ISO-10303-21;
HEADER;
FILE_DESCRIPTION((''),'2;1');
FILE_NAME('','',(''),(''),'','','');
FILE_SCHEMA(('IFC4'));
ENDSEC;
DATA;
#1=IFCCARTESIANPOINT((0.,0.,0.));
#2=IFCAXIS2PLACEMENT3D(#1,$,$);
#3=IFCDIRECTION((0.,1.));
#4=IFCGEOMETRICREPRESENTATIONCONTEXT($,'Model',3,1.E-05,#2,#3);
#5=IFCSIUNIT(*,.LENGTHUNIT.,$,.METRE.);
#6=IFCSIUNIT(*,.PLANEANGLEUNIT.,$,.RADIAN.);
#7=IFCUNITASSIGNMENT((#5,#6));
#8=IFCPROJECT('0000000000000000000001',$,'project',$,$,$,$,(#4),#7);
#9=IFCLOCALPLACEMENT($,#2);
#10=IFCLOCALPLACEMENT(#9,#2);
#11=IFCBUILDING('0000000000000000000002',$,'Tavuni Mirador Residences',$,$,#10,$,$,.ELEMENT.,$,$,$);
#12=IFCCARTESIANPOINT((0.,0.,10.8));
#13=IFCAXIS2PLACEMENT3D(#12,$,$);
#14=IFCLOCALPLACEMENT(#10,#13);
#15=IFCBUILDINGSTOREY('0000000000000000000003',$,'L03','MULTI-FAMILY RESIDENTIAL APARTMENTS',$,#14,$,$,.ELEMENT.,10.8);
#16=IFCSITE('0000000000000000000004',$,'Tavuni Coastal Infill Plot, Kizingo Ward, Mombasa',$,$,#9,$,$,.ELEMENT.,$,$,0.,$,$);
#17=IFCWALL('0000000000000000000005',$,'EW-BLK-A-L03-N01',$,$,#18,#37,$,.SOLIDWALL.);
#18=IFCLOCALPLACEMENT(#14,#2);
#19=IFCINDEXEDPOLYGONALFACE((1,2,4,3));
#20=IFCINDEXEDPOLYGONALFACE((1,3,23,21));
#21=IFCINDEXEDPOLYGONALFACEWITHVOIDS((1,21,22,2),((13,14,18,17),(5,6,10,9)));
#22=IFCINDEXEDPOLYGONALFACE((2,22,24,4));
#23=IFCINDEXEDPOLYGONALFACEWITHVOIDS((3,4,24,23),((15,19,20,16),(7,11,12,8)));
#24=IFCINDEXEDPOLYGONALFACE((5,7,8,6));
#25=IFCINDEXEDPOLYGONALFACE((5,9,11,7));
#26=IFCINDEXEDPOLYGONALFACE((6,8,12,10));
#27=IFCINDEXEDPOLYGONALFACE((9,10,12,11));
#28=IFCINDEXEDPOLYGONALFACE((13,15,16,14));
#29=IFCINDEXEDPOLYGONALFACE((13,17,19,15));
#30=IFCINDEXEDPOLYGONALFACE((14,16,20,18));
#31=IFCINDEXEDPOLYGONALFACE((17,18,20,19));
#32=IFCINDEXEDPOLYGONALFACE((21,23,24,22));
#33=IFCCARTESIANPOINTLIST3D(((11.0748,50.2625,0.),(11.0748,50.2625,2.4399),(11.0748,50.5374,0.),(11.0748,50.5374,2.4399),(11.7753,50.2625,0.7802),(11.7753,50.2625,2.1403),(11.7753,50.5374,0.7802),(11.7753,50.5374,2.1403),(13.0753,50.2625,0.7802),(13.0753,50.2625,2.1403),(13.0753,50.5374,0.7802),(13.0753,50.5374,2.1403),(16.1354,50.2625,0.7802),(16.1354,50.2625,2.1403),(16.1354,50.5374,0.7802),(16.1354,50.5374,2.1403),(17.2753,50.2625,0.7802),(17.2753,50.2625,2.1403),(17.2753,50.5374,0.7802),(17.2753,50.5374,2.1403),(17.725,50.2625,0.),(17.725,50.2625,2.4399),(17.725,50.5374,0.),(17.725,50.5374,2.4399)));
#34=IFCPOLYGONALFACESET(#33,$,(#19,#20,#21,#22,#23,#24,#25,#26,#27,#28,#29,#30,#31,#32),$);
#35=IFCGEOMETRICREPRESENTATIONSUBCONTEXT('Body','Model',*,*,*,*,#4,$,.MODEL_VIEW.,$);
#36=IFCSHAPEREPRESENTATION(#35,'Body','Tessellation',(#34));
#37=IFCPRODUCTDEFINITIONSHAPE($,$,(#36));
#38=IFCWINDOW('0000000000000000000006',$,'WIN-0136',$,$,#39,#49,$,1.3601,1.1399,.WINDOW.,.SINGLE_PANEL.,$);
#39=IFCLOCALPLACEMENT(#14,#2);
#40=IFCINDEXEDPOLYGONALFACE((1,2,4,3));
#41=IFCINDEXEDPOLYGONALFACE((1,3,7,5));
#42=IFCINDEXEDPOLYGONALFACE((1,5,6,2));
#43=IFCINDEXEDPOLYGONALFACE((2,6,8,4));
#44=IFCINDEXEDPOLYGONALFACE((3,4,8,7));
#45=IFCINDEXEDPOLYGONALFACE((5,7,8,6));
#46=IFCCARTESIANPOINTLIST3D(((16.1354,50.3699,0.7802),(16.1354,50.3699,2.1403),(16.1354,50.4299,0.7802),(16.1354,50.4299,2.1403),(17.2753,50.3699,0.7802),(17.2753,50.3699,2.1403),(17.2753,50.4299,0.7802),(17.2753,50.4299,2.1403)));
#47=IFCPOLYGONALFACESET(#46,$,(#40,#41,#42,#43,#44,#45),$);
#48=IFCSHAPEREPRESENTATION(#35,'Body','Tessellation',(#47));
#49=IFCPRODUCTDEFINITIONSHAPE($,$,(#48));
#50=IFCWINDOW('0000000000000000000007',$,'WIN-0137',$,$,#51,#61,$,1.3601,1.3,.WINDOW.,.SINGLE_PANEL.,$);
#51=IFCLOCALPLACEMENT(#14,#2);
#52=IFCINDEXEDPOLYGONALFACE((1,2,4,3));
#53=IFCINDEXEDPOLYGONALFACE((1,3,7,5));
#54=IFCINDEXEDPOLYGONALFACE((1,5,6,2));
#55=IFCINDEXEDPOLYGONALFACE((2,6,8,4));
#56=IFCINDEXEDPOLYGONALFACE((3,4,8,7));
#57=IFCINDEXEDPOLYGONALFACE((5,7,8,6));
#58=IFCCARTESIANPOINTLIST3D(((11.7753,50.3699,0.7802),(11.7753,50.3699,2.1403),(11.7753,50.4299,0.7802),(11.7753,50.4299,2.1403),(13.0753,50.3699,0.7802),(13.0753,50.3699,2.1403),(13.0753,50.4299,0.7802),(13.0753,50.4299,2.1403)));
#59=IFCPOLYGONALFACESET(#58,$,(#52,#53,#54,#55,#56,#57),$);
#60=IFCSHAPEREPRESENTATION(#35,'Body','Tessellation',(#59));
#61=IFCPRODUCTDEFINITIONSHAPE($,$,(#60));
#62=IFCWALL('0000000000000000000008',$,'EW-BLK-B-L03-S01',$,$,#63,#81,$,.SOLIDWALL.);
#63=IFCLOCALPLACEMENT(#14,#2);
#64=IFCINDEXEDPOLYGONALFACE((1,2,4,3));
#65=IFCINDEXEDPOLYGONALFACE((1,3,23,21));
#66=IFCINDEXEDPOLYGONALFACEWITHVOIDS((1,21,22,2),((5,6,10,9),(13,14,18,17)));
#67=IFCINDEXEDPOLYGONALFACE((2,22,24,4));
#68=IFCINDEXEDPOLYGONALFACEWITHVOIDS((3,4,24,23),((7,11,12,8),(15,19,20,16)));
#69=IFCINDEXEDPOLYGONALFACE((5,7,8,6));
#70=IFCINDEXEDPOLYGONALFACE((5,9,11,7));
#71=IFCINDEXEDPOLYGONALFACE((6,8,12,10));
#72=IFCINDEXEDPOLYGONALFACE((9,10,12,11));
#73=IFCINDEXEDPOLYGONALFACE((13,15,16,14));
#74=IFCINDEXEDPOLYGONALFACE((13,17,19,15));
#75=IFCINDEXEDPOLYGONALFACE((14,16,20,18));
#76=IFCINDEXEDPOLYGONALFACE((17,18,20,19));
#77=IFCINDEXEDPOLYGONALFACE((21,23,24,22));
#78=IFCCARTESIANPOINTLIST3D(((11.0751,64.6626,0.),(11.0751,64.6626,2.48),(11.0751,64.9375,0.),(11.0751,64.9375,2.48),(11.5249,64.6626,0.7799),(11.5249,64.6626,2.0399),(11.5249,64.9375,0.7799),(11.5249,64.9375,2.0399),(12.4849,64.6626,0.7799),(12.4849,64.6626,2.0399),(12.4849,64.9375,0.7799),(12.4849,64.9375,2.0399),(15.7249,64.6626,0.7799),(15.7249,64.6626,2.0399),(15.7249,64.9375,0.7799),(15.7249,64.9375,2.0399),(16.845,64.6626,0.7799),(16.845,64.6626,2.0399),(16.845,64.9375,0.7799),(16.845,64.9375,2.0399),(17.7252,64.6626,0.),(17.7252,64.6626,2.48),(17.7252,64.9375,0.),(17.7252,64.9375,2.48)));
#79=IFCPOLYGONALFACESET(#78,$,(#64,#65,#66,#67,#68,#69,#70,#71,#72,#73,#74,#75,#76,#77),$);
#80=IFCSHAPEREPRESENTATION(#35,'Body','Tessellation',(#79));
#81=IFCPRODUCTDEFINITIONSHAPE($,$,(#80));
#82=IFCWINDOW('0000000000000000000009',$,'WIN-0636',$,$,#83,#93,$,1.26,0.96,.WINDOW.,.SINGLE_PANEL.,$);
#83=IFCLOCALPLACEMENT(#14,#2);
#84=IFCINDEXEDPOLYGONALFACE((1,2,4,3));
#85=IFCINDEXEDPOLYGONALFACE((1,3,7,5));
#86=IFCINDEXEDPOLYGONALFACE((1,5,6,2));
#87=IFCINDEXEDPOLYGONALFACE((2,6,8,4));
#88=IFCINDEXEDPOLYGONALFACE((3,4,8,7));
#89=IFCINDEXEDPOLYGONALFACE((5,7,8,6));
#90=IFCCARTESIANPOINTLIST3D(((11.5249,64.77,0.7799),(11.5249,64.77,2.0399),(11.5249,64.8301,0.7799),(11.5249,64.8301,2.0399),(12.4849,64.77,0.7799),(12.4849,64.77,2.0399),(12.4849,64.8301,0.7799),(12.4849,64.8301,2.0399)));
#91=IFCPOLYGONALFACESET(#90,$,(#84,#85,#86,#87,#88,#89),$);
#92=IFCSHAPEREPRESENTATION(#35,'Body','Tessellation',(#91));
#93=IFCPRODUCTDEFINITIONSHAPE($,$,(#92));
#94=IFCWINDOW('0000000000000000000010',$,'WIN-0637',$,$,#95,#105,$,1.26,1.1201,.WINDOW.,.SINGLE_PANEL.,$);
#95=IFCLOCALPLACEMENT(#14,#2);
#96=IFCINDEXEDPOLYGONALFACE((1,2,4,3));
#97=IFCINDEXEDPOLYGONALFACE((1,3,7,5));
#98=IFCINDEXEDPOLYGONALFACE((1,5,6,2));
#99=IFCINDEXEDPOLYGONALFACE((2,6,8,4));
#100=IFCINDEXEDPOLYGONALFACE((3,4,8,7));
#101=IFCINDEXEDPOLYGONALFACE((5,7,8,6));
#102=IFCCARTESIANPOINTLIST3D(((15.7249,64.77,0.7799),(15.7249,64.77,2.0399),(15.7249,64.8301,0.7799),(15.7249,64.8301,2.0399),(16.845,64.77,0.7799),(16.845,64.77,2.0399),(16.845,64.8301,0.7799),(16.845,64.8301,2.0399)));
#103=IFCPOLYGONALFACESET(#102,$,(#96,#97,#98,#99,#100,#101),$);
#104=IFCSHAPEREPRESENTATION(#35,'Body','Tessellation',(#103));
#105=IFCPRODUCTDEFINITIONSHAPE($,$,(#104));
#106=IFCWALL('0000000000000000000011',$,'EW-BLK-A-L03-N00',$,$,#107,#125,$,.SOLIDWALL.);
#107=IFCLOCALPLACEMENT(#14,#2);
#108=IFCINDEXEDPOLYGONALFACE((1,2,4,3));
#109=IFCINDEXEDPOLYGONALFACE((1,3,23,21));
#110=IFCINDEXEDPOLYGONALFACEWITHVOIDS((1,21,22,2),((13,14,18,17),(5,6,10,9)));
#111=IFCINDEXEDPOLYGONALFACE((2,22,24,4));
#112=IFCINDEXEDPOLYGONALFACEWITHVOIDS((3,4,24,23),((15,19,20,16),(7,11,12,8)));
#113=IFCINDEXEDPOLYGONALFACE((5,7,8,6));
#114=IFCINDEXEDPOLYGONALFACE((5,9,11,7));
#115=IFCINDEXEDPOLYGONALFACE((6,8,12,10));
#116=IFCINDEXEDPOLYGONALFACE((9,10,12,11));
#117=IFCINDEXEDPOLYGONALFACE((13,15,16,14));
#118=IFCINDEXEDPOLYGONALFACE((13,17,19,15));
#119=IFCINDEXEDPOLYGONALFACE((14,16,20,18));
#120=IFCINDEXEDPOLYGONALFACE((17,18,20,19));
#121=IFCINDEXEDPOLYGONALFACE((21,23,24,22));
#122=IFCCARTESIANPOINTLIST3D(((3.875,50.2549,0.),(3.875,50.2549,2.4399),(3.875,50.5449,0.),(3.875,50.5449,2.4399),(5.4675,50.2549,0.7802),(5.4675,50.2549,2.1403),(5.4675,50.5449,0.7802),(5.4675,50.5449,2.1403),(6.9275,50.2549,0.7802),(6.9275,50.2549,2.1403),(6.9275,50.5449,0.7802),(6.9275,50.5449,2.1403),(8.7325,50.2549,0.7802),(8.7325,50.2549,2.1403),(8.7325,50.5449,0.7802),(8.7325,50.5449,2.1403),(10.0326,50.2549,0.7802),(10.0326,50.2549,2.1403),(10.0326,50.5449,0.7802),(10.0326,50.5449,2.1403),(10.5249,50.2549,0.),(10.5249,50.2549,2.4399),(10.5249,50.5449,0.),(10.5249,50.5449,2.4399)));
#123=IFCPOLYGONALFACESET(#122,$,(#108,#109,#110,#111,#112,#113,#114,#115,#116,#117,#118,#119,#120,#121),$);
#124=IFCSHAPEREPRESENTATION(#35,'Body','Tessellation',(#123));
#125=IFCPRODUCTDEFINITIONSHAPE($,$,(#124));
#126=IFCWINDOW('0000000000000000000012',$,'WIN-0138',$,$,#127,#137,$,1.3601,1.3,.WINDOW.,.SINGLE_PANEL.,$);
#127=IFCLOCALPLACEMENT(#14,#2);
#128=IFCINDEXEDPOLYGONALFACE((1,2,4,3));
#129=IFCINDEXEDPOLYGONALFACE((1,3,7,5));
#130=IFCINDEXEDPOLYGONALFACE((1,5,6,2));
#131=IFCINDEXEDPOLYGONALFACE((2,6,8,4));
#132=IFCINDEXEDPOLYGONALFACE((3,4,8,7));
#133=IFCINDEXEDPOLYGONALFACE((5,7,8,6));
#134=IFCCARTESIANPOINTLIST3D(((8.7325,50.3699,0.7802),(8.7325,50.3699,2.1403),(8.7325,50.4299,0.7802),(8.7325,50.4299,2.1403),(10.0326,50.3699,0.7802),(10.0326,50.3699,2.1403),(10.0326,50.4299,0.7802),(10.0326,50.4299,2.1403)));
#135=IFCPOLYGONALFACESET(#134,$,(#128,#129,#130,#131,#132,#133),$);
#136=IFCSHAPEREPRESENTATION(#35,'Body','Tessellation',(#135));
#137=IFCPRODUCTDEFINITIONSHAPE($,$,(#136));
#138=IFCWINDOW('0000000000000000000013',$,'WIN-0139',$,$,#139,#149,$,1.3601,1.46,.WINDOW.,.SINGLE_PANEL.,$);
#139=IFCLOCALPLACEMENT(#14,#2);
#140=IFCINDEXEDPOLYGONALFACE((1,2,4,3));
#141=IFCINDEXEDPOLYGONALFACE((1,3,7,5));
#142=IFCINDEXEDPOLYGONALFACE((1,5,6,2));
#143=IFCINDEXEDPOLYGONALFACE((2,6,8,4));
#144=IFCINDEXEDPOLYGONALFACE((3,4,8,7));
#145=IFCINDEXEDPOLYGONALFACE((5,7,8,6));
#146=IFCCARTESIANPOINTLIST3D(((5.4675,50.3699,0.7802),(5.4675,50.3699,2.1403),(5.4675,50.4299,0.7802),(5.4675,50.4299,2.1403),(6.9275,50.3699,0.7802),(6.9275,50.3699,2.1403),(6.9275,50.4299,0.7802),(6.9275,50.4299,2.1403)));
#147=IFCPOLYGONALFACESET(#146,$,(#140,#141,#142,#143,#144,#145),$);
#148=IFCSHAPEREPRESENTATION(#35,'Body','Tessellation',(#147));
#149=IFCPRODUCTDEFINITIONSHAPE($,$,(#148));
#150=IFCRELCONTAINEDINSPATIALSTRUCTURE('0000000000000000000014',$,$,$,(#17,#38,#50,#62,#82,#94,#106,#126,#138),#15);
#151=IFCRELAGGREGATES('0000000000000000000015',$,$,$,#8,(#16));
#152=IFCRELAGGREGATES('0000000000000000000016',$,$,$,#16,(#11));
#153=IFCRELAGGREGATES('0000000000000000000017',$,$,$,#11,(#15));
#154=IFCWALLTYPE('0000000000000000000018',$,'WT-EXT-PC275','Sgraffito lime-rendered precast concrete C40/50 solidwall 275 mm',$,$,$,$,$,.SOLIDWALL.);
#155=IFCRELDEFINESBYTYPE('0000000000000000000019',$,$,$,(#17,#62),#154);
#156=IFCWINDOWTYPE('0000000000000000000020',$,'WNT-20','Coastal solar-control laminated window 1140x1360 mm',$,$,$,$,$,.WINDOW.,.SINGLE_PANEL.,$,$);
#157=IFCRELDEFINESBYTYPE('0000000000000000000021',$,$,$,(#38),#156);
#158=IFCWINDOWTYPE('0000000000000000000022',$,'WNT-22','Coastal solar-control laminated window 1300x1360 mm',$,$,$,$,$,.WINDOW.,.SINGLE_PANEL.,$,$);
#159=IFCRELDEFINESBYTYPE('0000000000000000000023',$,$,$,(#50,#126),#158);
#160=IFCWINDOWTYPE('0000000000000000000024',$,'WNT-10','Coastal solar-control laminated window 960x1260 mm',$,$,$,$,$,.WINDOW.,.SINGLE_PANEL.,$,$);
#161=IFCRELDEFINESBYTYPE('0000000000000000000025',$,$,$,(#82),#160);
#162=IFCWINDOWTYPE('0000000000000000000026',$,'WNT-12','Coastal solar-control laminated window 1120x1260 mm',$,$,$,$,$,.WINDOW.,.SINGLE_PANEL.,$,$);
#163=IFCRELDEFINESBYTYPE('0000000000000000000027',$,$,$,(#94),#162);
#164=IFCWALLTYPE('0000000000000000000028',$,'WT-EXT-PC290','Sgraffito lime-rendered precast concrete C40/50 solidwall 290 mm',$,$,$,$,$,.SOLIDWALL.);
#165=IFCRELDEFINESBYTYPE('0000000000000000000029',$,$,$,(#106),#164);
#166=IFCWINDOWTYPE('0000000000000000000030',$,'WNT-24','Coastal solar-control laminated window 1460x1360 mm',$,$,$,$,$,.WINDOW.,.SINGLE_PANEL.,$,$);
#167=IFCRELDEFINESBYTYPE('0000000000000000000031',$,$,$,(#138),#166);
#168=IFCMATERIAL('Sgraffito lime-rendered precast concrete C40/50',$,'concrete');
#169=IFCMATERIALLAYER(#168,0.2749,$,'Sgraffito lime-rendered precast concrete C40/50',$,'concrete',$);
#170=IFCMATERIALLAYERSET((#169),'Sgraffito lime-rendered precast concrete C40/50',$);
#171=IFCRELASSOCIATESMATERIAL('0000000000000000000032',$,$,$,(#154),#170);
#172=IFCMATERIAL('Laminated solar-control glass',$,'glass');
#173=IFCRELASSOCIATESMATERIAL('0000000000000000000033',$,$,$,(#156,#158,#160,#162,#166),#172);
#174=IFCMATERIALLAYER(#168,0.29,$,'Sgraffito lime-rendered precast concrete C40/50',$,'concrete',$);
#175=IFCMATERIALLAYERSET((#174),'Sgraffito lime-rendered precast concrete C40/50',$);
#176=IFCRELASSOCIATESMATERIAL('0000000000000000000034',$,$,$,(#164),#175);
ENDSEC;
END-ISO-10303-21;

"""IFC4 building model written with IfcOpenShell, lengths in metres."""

from ifc_helpers import new_model, si_unit, direction, frame, frame_2d, origin, place, context, subcontext, project, spatial, rectangle, extrude, material, layer, layer_set, type_object, element, fill, save


model = new_model("IFC4")

# Units and contexts
model_context = context("Model", 3, precision=1e-05, world=origin(), true_north=direction((0.0, 1.0)))
body_context = subcontext(model_context, "Body", "Model", "MODEL_VIEW")
ifc_project = project(units=[si_unit("LENGTHUNIT", "METRE"), si_unit("PLANEANGLEUNIT", "RADIAN")], contexts=[model_context])

# Site, building, storey
site_placement = place(None, origin())
site = spatial("IfcSite", under=ifc_project, at=site_placement, Name="Tavuni Coastal Infill Plot, Kizingo Ward, Mombasa", CompositionType="ELEMENT", RefElevation=0.0)
building_placement = place(site_placement, origin())
building = spatial("IfcBuilding", under=site, at=building_placement, Name="Tavuni Mirador Residences", CompositionType="ELEMENT")
storey_placement = place(building_placement, frame((0.0, 0.0, 10.8)))
storey = spatial("IfcBuildingStorey", under=building, at=storey_placement, Name="L03", Description="MULTI-FAMILY RESIDENTIAL APARTMENTS", CompositionType="ELEMENT", Elevation=10.8)

# Walls, openings, windows
ifc_material_1 = material(Name="Sgraffito lime-rendered precast concrete C40/50", Category="concrete")
ifc_layer_1 = layer(ifc_material_1, 0.2749, Name="Sgraffito lime-rendered precast concrete C40/50", Category="concrete")
ifc_layer_set_1 = layer_set([ifc_layer_1], Name="Sgraffito lime-rendered precast concrete C40/50")
wall_type_1 = type_object("IfcWallType", Name="WT-EXT-PC275", Description="Sgraffito lime-rendered precast concrete C40/50 solidwall 275 mm", PredefinedType="SOLIDWALL", material=ifc_layer_set_1)
wall_1_placement = place(storey_placement, frame((17.7251, 50.3999, 0.0), z_axis=(0.0, 0.0, 1.0), x_axis=(-1.0, 0.0, 0.0)))
wall_1 = element("IfcWall", 1, at=wall_1_placement, inside=storey, type_object=wall_type_1, Name="EW-BLK-A-L03-N01", PredefinedType="SOLIDWALL", context=body_context, shape_type="SweptSolid", body=[
    extrude(rectangle(XDim=6.6501, YDim=0.2749, at=frame_2d((3.3252, 0.0))), origin(), (0.0, 0.0, 1.0), 2.4399),
])
opening_1_placement = place(wall_1_placement, frame((0.45, 0.0, 0.78)))
opening_1 = element("IfcOpeningElement", 2, at=opening_1_placement, cuts=wall_1, PredefinedType="OPENING", context=body_context, shape_type="SweptSolid", body=[
    extrude(rectangle(XDim=1.1399, YDim=1.3601, at=frame_2d((0.5698, 0.6802))), frame((0.0, 0.1475, 0.0), z_axis=(0.0, -1.0, 0.0), x_axis=(1.0, 0.0, 0.0)), (0.0, 0.0, 1.0), 0.2949),
])
opening_2_placement = place(wall_1_placement, frame((4.6499, 0.0, 0.78)))
opening_2 = element("IfcOpeningElement", 3, at=opening_2_placement, cuts=wall_1, PredefinedType="OPENING", context=body_context, shape_type="SweptSolid", body=[
    extrude(rectangle(XDim=1.3, YDim=1.3601, at=frame_2d((0.6499, 0.6802))), frame((0.0, 0.1475, 0.0), z_axis=(0.0, -1.0, 0.0), x_axis=(1.0, 0.0, 0.0)), (0.0, 0.0, 1.0), 0.2949),
])
ifc_material_2 = material(Name="Laminated solar-control glass", Category="glass")
window_type_1 = type_object("IfcWindowType", Name="WNT-20", Description="Coastal solar-control laminated window 1140x1360 mm", PartitioningType="SINGLE_PANEL", PredefinedType="WINDOW", material=ifc_material_2)
window_1_placement = place(opening_1_placement, origin())
window_1 = element("IfcWindow", 4, at=window_1_placement, inside=storey, type_object=window_type_1, Name="WIN-0136", OverallHeight=1.3601, OverallWidth=1.1399, PartitioningType="SINGLE_PANEL", PredefinedType="WINDOW", context=body_context, shape_type="SweptSolid", body=[
    extrude(rectangle(XDim=1.1399, YDim=1.3601, at=frame_2d((0.5698, 0.6802))), frame((0.0, 0.03, 0.0), z_axis=(0.0, -1.0, 0.0), x_axis=(1.0, 0.0, 0.0)), (0.0, 0.0, 1.0), 0.0601),
])
fill(opening_1, window_1)
window_type_2 = type_object("IfcWindowType", Name="WNT-22", Description="Coastal solar-control laminated window 1300x1360 mm", PartitioningType="SINGLE_PANEL", PredefinedType="WINDOW", material=ifc_material_2)
window_2_placement = place(opening_2_placement, origin())
window_2 = element("IfcWindow", 5, at=window_2_placement, inside=storey, type_object=window_type_2, Name="WIN-0137", OverallHeight=1.3601, OverallWidth=1.3, PartitioningType="SINGLE_PANEL", PredefinedType="WINDOW", context=body_context, shape_type="SweptSolid", body=[
    extrude(rectangle(XDim=1.3, YDim=1.3601, at=frame_2d((0.6499, 0.6802))), frame((0.0, 0.03, 0.0), z_axis=(0.0, -1.0, 0.0), x_axis=(1.0, 0.0, 0.0)), (0.0, 0.0, 1.0), 0.0601),
])
fill(opening_2, window_2)
wall_2_placement = place(storey_placement, frame((11.075, 64.8, 0.0), z_axis=(0.0, 0.0, 1.0), x_axis=(1.0, 0.0, 0.0)))
wall_2 = element("IfcWall", 6, at=wall_2_placement, inside=storey, type_object=wall_type_1, Name="EW-BLK-B-L03-S01", PredefinedType="SOLIDWALL", context=body_context, shape_type="SweptSolid", body=[
    extrude(rectangle(XDim=6.6501, YDim=0.2749, at=frame_2d((3.3252, 0.0))), origin(), (0.0, 0.0, 1.0), 2.48),
])
opening_3_placement = place(wall_2_placement, frame((0.45, 0.0, 0.78)))
opening_3 = element("IfcOpeningElement", 7, at=opening_3_placement, cuts=wall_2, PredefinedType="OPENING", context=body_context, shape_type="SweptSolid", body=[
    extrude(rectangle(XDim=0.96, YDim=1.26, at=frame_2d((0.48, 0.6299))), frame((0.0, 0.1475, 0.0), z_axis=(0.0, -1.0, 0.0), x_axis=(1.0, 0.0, 0.0)), (0.0, 0.0, 1.0), 0.2949),
])
opening_4_placement = place(wall_2_placement, frame((4.6499, 0.0, 0.78)))
opening_4 = element("IfcOpeningElement", 8, at=opening_4_placement, cuts=wall_2, PredefinedType="OPENING", context=body_context, shape_type="SweptSolid", body=[
    extrude(rectangle(XDim=1.1201, YDim=1.26, at=frame_2d((0.5601, 0.6299))), frame((0.0, 0.1475, 0.0), z_axis=(0.0, -1.0, 0.0), x_axis=(1.0, 0.0, 0.0)), (0.0, 0.0, 1.0), 0.2949),
])
window_type_3 = type_object("IfcWindowType", Name="WNT-10", Description="Coastal solar-control laminated window 960x1260 mm", PartitioningType="SINGLE_PANEL", PredefinedType="WINDOW", material=ifc_material_2)
window_3_placement = place(opening_3_placement, origin())
window_3 = element("IfcWindow", 9, at=window_3_placement, inside=storey, type_object=window_type_3, Name="WIN-0636", OverallHeight=1.26, OverallWidth=0.96, PartitioningType="SINGLE_PANEL", PredefinedType="WINDOW", context=body_context, shape_type="SweptSolid", body=[
    extrude(rectangle(XDim=0.96, YDim=1.26, at=frame_2d((0.48, 0.6299))), frame((0.0, 0.03, 0.0), z_axis=(0.0, -1.0, 0.0), x_axis=(1.0, 0.0, 0.0)), (0.0, 0.0, 1.0), 0.0601),
])
fill(opening_3, window_3)
window_type_4 = type_object("IfcWindowType", Name="WNT-12", Description="Coastal solar-control laminated window 1120x1260 mm", PartitioningType="SINGLE_PANEL", PredefinedType="WINDOW", material=ifc_material_2)
window_4_placement = place(opening_4_placement, origin())
window_4 = element("IfcWindow", 10, at=window_4_placement, inside=storey, type_object=window_type_4, Name="WIN-0637", OverallHeight=1.26, OverallWidth=1.1201, PartitioningType="SINGLE_PANEL", PredefinedType="WINDOW", context=body_context, shape_type="SweptSolid", body=[
    extrude(rectangle(XDim=1.1201, YDim=1.26, at=frame_2d((0.5601, 0.6299))), frame((0.0, 0.03, 0.0), z_axis=(0.0, -1.0, 0.0), x_axis=(1.0, 0.0, 0.0)), (0.0, 0.0, 1.0), 0.0601),
])
fill(opening_4, window_4)
ifc_layer_2 = layer(ifc_material_1, 0.29, Name="Sgraffito lime-rendered precast concrete C40/50", Category="concrete")
ifc_layer_set_2 = layer_set([ifc_layer_2], Name="Sgraffito lime-rendered precast concrete C40/50")
wall_type_2 = type_object("IfcWallType", Name="WT-EXT-PC290", Description="Sgraffito lime-rendered precast concrete C40/50 solidwall 290 mm", PredefinedType="SOLIDWALL", material=ifc_layer_set_2)
wall_3_placement = place(storey_placement, frame((10.5249, 50.3999, 0.0), z_axis=(0.0, 0.0, 1.0), x_axis=(-1.0, 0.0, 0.0)))
wall_3 = element("IfcWall", 11, at=wall_3_placement, inside=storey, type_object=wall_type_2, Name="EW-BLK-A-L03-N00", PredefinedType="SOLIDWALL", context=body_context, shape_type="SweptSolid", body=[
    extrude(rectangle(XDim=6.6499, YDim=0.29, at=frame_2d((3.325, 0.0))), origin(), (0.0, 0.0, 1.0), 2.4399),
])
opening_5_placement = place(wall_3_placement, frame((0.4924, 0.0, 0.78)))
opening_5 = element("IfcOpeningElement", 12, at=opening_5_placement, cuts=wall_3, PredefinedType="OPENING", context=body_context, shape_type="SweptSolid", body=[
    extrude(rectangle(XDim=1.3, YDim=1.3601, at=frame_2d((0.6499, 0.6802))), frame((0.0, 0.155, 0.0), z_axis=(0.0, -1.0, 0.0), x_axis=(1.0, 0.0, 0.0)), (0.0, 0.0, 1.0), 0.3101),
])
opening_6_placement = place(wall_3_placement, frame((3.5974, 0.0, 0.78)))
opening_6 = element("IfcOpeningElement", 13, at=opening_6_placement, cuts=wall_3, PredefinedType="OPENING", context=body_context, shape_type="SweptSolid", body=[
    extrude(rectangle(XDim=1.46, YDim=1.3601, at=frame_2d((0.73, 0.6802))), frame((0.0, 0.155, 0.0), z_axis=(0.0, -1.0, 0.0), x_axis=(1.0, 0.0, 0.0)), (0.0, 0.0, 1.0), 0.3101),
])
window_5_placement = place(opening_5_placement, origin())
window_5 = element("IfcWindow", 14, at=window_5_placement, inside=storey, type_object=window_type_2, Name="WIN-0138", OverallHeight=1.3601, OverallWidth=1.3, PartitioningType="SINGLE_PANEL", PredefinedType="WINDOW", context=body_context, shape_type="SweptSolid", body=[
    extrude(rectangle(XDim=1.3, YDim=1.3601, at=frame_2d((0.6499, 0.6802))), frame((0.0, 0.03, 0.0), z_axis=(0.0, -1.0, 0.0), x_axis=(1.0, 0.0, 0.0)), (0.0, 0.0, 1.0), 0.0601),
])
fill(opening_5, window_5)
window_type_5 = type_object("IfcWindowType", Name="WNT-24", Description="Coastal solar-control laminated window 1460x1360 mm", PartitioningType="SINGLE_PANEL", PredefinedType="WINDOW", material=ifc_material_2)
window_6_placement = place(opening_6_placement, origin())
window_6 = element("IfcWindow", 15, at=window_6_placement, inside=storey, type_object=window_type_5, Name="WIN-0139", OverallHeight=1.3601, OverallWidth=1.46, PartitioningType="SINGLE_PANEL", PredefinedType="WINDOW", context=body_context, shape_type="SweptSolid", body=[
    extrude(rectangle(XDim=1.46, YDim=1.3601, at=frame_2d((0.73, 0.6802))), frame((0.0, 0.03, 0.0), z_axis=(0.0, -1.0, 0.0), x_axis=(1.0, 0.0, 0.0)), (0.0, 0.0, 1.0), 0.0601),
])
fill(opening_6, window_6)

save(model, "model.ifc")
